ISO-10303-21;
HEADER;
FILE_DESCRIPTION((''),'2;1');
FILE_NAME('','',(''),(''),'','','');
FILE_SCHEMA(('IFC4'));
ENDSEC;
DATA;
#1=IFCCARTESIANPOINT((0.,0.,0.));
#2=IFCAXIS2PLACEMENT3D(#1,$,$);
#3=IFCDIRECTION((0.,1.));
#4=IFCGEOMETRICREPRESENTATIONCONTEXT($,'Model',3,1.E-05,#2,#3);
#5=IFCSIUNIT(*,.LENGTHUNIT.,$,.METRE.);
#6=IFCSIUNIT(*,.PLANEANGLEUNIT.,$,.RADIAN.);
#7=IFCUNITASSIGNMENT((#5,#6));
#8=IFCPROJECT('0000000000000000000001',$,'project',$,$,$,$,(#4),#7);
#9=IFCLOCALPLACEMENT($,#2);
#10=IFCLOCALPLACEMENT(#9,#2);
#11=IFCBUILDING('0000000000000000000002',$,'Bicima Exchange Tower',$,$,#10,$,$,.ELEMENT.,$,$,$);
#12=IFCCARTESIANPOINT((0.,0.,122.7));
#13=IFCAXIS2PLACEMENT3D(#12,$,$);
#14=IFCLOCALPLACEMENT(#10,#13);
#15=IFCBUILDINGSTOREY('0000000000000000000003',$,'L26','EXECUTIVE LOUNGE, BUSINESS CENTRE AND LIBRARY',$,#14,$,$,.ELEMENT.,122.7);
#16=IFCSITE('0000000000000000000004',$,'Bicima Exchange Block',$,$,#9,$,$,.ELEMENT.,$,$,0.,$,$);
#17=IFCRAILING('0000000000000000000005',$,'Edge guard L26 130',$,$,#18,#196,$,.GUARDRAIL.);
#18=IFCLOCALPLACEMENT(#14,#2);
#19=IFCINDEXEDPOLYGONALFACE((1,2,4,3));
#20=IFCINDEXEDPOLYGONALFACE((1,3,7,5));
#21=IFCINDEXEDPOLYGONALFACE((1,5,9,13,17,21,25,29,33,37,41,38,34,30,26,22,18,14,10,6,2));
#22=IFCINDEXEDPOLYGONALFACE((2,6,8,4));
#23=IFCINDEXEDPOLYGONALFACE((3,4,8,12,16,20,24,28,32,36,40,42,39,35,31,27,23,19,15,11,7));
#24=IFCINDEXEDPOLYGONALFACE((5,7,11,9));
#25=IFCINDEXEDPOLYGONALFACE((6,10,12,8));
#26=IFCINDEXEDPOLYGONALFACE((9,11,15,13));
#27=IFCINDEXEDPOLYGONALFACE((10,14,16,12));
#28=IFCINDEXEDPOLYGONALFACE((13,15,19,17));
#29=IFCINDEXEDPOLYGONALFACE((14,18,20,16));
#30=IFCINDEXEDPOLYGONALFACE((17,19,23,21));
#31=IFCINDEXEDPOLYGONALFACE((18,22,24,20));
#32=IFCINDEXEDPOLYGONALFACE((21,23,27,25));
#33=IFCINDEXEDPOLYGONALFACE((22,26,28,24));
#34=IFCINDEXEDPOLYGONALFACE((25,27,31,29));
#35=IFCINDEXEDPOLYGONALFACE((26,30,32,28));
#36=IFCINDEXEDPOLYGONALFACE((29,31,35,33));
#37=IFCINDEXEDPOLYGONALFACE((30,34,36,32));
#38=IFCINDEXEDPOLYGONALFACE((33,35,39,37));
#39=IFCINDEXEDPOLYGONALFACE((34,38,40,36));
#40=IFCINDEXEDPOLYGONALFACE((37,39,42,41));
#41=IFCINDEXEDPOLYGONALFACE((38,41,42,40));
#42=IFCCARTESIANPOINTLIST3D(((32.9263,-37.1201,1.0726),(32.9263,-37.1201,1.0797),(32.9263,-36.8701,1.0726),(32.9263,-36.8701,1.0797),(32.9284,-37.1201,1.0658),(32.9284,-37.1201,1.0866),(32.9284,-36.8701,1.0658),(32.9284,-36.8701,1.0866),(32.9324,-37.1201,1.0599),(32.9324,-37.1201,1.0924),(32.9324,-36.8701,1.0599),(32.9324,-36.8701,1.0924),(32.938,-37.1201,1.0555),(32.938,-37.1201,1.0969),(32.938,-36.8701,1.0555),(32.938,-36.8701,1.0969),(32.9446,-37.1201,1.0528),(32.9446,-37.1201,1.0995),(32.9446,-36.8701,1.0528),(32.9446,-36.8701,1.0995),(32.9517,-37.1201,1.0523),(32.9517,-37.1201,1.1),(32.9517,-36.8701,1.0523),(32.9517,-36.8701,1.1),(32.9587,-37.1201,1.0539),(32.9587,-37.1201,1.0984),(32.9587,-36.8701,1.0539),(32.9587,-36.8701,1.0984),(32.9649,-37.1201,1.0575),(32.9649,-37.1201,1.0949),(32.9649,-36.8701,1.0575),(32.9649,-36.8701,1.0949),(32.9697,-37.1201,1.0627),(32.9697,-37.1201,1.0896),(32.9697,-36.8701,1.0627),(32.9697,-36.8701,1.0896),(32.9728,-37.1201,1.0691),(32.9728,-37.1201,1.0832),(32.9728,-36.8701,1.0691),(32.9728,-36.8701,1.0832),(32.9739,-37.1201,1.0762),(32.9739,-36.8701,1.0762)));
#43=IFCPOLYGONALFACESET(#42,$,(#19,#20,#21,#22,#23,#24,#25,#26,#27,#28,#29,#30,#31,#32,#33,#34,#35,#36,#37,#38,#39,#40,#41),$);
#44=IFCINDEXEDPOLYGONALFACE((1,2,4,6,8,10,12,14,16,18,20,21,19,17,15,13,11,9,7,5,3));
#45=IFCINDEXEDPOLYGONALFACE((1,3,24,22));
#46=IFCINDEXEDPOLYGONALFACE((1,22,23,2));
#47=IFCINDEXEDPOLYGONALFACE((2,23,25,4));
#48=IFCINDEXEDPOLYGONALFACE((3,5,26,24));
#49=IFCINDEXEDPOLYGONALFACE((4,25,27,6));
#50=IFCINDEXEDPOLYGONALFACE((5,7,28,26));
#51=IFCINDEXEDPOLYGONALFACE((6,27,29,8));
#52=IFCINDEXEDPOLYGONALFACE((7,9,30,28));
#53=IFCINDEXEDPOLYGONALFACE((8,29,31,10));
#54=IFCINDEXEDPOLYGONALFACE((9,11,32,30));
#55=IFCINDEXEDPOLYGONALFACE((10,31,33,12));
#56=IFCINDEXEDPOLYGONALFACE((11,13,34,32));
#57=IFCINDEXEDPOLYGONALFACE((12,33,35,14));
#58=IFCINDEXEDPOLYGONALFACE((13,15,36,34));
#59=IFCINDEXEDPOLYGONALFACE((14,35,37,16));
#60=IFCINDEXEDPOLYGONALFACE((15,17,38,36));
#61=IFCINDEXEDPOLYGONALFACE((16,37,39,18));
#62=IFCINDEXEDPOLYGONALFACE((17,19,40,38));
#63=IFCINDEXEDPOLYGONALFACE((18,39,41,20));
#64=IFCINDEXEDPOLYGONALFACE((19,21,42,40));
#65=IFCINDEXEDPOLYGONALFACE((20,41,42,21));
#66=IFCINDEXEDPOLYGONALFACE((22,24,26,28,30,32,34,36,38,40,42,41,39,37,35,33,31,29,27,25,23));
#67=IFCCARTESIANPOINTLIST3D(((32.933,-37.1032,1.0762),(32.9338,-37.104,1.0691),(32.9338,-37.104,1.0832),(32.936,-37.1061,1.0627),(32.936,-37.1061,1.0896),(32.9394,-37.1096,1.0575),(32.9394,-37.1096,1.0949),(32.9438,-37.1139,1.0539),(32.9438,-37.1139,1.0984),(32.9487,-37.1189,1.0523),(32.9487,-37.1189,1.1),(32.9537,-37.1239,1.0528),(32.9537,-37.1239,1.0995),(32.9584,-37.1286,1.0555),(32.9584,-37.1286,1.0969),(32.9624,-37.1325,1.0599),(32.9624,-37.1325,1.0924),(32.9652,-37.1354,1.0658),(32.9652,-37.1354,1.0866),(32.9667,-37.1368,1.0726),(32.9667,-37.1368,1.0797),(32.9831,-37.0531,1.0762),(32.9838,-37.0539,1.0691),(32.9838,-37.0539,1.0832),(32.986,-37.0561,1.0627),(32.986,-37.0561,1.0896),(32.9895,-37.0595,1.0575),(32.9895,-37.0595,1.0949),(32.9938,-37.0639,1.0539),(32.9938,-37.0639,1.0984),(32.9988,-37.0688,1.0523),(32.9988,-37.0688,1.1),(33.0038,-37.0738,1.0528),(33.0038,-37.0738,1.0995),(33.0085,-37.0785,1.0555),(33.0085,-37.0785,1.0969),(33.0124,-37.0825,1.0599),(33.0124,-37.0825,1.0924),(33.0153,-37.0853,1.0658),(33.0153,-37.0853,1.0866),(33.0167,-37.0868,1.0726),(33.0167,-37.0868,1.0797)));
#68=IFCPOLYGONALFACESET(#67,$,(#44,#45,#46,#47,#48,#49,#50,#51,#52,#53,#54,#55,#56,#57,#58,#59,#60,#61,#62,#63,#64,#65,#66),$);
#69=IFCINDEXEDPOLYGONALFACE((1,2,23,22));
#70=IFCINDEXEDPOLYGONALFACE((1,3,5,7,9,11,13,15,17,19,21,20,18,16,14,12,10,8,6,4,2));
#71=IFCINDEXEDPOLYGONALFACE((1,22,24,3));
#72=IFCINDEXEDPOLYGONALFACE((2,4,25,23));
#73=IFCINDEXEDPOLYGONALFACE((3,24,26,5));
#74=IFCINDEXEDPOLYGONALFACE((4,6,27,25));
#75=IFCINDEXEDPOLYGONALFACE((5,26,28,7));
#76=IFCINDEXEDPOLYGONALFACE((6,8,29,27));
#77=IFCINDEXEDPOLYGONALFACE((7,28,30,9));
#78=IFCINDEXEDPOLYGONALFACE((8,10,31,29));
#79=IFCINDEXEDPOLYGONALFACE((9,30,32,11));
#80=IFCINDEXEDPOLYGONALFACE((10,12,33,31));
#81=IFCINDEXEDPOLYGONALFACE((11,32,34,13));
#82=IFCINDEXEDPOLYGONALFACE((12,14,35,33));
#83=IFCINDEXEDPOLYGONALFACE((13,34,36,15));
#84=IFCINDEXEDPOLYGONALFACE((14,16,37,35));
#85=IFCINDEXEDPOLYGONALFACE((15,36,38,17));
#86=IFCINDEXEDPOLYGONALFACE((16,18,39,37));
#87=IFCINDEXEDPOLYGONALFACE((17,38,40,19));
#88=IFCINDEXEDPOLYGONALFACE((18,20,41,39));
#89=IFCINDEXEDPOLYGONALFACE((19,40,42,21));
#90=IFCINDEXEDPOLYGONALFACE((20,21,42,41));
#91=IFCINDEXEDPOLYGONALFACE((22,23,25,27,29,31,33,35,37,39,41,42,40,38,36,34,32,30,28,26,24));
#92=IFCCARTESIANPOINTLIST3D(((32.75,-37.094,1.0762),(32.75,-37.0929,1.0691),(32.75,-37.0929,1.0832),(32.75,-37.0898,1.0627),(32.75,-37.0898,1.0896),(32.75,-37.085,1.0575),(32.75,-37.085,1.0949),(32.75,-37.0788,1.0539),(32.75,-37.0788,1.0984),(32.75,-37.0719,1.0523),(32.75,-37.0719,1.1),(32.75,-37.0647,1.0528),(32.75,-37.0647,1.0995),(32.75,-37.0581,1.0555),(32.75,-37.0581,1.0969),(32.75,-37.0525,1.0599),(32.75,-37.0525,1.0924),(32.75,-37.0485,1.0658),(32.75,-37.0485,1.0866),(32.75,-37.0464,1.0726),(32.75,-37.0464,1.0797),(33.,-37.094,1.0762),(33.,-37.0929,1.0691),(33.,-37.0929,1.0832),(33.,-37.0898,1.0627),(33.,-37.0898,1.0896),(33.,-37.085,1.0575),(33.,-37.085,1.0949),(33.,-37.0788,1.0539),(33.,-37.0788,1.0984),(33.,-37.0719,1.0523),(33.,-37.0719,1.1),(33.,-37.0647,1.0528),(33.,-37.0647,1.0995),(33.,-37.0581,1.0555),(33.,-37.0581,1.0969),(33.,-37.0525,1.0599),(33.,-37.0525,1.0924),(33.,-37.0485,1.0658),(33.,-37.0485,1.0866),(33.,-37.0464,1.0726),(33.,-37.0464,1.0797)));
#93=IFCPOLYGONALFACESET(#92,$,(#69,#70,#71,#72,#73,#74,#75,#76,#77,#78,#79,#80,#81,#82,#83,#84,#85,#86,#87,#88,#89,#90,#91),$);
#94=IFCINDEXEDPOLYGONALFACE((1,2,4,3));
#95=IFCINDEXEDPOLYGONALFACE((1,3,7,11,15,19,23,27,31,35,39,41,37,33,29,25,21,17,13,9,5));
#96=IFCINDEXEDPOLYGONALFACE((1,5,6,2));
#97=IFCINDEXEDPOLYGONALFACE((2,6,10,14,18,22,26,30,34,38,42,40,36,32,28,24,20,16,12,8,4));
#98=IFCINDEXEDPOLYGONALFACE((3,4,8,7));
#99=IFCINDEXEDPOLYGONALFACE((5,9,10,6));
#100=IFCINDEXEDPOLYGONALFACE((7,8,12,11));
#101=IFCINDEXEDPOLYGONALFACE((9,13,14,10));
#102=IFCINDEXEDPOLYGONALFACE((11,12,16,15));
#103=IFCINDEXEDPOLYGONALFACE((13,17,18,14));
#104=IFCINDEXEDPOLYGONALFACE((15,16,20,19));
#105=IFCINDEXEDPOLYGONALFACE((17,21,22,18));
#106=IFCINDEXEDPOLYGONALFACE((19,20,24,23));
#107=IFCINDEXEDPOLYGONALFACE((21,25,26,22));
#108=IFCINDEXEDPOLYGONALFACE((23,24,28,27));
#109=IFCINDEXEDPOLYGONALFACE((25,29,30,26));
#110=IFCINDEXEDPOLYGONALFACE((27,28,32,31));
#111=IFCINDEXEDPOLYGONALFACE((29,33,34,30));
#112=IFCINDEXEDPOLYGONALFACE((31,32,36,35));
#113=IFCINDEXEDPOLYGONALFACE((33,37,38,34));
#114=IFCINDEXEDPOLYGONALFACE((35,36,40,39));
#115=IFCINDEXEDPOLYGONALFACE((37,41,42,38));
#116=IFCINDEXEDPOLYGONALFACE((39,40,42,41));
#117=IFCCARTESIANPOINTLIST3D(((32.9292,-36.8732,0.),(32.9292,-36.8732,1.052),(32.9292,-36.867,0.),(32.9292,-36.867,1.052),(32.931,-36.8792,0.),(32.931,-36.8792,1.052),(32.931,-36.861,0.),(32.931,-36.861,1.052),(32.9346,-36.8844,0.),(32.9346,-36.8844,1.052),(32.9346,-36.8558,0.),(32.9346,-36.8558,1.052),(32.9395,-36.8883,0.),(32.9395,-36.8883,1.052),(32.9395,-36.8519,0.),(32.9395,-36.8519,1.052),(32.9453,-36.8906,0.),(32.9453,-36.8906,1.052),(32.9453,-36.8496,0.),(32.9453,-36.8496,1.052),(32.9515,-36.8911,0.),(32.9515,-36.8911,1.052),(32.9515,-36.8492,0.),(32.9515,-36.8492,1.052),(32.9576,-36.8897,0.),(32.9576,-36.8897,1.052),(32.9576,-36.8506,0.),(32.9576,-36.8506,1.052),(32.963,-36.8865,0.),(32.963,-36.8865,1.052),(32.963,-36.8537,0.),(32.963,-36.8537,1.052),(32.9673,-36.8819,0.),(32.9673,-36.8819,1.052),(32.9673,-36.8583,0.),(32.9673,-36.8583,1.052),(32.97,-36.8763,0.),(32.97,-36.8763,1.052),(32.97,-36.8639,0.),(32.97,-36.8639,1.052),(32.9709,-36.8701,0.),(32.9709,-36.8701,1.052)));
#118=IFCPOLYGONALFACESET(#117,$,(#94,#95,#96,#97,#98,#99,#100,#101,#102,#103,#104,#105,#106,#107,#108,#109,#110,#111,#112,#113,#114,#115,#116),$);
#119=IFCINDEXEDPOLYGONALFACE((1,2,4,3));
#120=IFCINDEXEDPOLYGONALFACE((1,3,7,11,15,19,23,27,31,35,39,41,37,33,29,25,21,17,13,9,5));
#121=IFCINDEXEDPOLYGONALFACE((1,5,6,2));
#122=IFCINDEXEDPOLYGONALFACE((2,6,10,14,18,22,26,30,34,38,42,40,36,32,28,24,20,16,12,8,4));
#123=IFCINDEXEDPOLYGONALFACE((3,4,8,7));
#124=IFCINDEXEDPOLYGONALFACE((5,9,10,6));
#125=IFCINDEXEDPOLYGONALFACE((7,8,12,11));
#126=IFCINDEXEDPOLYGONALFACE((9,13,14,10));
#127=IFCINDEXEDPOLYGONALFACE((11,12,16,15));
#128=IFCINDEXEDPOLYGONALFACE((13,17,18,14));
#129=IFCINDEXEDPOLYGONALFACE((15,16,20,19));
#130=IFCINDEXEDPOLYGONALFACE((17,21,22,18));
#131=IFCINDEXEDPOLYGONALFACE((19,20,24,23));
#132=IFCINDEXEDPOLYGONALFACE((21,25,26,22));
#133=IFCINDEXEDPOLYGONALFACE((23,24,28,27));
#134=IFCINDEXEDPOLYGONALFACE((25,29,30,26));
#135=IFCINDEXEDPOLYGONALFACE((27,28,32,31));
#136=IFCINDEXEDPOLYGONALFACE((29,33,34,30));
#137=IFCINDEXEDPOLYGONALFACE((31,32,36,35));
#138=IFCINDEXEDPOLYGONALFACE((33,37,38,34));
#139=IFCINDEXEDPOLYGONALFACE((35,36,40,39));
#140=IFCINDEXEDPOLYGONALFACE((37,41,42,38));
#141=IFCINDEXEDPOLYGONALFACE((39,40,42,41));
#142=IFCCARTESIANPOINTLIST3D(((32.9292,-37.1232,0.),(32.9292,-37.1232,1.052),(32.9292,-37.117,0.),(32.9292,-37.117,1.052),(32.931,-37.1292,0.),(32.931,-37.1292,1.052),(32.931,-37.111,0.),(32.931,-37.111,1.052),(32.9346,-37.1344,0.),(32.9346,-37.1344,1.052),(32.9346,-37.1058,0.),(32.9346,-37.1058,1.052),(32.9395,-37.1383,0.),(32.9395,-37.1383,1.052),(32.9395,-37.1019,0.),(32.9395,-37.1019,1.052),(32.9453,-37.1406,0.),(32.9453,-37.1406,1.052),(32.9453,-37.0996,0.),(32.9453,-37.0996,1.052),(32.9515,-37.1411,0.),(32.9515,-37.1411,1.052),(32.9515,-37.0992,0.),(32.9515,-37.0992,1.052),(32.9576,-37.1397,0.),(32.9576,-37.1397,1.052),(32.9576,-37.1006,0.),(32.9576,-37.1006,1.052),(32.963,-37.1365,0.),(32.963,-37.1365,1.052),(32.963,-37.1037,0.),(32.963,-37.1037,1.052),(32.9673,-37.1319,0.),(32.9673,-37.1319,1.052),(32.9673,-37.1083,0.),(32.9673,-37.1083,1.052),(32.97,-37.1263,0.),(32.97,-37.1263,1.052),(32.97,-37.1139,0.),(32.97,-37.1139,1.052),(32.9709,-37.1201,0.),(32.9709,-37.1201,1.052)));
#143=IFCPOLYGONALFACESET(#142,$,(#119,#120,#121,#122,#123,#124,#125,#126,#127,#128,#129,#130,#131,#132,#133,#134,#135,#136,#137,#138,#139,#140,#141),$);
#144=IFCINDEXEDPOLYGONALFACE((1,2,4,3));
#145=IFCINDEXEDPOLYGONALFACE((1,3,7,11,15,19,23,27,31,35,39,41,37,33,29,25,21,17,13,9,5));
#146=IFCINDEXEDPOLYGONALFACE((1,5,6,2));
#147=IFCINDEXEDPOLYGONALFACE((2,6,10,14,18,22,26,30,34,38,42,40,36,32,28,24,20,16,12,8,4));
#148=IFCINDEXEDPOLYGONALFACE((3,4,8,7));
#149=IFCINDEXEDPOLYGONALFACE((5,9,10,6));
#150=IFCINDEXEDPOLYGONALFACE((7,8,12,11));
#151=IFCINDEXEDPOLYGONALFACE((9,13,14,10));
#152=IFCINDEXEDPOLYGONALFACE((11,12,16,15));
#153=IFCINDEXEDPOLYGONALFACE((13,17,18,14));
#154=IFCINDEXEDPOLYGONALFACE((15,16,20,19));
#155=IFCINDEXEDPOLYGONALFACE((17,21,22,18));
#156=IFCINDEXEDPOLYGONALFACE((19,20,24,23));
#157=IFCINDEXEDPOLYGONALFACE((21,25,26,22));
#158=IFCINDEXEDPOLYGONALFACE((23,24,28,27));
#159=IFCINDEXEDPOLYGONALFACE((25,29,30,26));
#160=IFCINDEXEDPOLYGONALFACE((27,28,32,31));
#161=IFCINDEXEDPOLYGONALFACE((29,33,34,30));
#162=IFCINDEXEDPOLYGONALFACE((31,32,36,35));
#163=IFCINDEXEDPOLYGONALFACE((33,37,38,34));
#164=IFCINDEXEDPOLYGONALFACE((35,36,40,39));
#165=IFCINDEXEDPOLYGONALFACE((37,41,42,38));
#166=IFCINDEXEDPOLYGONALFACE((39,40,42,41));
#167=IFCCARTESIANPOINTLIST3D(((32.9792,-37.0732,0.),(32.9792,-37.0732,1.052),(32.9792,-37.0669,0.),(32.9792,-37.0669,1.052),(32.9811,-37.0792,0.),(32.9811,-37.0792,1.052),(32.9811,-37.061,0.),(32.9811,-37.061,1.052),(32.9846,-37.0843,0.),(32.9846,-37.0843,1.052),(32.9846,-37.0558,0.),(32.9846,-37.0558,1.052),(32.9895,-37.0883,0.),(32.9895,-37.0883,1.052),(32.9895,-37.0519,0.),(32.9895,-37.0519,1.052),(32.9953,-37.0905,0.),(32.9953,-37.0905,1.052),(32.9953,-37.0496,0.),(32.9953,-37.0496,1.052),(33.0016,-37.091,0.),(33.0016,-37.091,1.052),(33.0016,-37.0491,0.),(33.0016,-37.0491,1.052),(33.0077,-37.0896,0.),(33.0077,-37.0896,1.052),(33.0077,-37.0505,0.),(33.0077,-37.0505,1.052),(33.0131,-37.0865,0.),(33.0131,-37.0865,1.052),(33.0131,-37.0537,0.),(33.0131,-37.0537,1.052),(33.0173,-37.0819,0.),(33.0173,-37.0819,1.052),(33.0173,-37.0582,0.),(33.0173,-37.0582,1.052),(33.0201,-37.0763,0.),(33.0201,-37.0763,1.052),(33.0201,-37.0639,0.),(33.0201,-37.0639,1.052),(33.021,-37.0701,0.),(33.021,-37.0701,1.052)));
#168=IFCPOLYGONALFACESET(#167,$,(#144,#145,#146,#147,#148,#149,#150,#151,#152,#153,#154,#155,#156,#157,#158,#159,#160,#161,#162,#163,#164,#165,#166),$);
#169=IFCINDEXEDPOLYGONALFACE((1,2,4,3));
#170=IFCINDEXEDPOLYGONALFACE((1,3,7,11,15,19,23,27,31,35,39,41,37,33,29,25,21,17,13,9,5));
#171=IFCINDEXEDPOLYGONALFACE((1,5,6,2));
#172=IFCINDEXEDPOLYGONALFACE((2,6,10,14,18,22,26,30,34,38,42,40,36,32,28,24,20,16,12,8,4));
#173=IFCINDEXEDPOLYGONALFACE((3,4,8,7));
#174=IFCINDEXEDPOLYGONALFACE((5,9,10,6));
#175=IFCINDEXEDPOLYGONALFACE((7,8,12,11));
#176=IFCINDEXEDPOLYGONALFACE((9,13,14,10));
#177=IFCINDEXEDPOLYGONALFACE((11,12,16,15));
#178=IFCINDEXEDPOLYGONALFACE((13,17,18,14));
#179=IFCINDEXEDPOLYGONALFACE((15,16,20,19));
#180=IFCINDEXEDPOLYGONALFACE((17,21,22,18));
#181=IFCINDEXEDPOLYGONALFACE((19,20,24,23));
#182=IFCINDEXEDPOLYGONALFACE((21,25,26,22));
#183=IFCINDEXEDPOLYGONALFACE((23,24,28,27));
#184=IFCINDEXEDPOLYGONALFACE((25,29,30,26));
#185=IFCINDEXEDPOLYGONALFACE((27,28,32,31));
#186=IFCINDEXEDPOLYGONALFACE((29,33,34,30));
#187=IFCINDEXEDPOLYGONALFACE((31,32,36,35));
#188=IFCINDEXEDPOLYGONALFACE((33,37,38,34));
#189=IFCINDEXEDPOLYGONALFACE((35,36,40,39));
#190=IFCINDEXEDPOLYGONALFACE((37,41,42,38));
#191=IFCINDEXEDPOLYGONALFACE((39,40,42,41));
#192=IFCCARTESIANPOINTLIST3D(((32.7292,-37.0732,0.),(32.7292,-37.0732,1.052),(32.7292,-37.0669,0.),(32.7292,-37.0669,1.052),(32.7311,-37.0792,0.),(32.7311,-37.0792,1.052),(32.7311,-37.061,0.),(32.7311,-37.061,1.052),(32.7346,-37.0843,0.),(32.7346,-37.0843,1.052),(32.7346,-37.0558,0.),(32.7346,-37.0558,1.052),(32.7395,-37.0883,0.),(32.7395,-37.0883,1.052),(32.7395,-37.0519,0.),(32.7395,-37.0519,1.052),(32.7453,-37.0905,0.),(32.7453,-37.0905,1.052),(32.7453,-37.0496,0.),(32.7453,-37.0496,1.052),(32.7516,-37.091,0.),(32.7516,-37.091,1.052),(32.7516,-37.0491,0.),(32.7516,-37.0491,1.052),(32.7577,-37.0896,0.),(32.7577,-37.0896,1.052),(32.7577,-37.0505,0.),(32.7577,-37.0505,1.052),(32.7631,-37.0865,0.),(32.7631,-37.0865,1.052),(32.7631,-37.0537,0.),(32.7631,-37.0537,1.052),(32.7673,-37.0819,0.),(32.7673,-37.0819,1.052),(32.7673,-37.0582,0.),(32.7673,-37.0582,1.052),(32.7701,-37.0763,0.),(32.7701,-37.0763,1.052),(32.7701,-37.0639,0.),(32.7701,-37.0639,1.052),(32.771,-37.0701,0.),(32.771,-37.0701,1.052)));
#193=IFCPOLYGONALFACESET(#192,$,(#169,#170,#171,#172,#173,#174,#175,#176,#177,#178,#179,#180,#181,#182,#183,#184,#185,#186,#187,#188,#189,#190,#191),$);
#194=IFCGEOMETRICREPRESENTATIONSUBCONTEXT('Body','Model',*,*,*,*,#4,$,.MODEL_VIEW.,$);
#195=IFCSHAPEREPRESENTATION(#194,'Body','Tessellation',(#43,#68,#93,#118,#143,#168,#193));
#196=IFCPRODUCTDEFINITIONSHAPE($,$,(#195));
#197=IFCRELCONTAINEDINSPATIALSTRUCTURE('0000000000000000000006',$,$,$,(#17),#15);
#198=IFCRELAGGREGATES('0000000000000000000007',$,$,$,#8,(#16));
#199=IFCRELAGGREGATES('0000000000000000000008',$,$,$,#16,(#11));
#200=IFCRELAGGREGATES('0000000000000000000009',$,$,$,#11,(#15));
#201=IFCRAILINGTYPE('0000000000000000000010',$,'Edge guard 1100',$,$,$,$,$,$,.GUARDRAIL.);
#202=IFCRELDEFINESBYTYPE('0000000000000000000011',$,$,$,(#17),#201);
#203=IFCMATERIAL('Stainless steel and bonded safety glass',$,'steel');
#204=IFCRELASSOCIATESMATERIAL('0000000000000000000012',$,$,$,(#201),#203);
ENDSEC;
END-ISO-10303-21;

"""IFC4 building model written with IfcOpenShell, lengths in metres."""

from ifc_helpers import new_model, si_unit, direction, frame, origin, origin_2d, place, context, subcontext, project, spatial, circle, extrude, material, type_object, element, save


model = new_model("IFC4")

# Units and contexts
model_context = context("Model", 3, precision=1e-05, world=origin(), true_north=direction((0.0, 1.0)))
body_context = subcontext(model_context, "Body", "Model", "MODEL_VIEW")
ifc_project = project(units=[si_unit("LENGTHUNIT", "METRE"), si_unit("PLANEANGLEUNIT", "RADIAN")], contexts=[model_context])

# Site, building, storey
site_placement = place(None, origin())
site = spatial("IfcSite", under=ifc_project, at=site_placement, Name="Bicima Exchange Block", CompositionType="ELEMENT", RefElevation=0.0)
building_placement = place(site_placement, origin())
building = spatial("IfcBuilding", under=site, at=building_placement, Name="Bicima Exchange Tower", CompositionType="ELEMENT")
storey_placement = place(building_placement, frame((0.0, 0.0, 122.7)))
storey = spatial("IfcBuildingStorey", under=building, at=storey_placement, Name="L26", Description="EXECUTIVE LOUNGE, BUSINESS CENTRE AND LIBRARY", CompositionType="ELEMENT", Elevation=122.7)

# Railing
ifc_material_1 = material(Name="Stainless steel and bonded safety glass", Category="steel")
railing_type = type_object("IfcRailingType", Name="Edge guard 1100", PredefinedType="GUARDRAIL", material=ifc_material_1)
railing_1_placement = place(storey_placement, frame((32.95, -36.8701, 0.0)))
element("IfcRailing", 1, at=railing_1_placement, inside=storey, type_object=railing_type, Name="Edge guard L26 130", PredefinedType="GUARDRAIL", context=body_context, shape_type="SweptSolid", body=[
    extrude(circle(Radius=0.0239, at=origin_2d()), frame((0.0, 0.0, 1.0762), z_axis=(0.0, -1.0, 0.0), x_axis=(1.0, 0.0, 0.0)), (0.0, 0.0, 1.0), 0.25),
    extrude(circle(Radius=0.0239, at=origin_2d()), frame((0.0, -0.25, 1.0762), z_axis=(0.707107, 0.707107, 0.0), x_axis=(-0.707107, 0.707107, 0.0)), (0.0, 0.0, 1.0), 0.0708),
    extrude(circle(Radius=0.0239, at=origin_2d()), frame((0.05, -0.2, 1.0762), z_axis=(-1.0, 0.0, 0.0), x_axis=(0.0, -1.0, 0.0)), (0.0, 0.0, 1.0), 0.25),
    extrude(circle(Radius=0.021, at=origin_2d()), origin(), (0.0, 0.0, 1.0), 1.052),
    extrude(circle(Radius=0.021, at=origin_2d()), frame((0.0, -0.25, 0.0)), (0.0, 0.0, 1.0), 1.052),
    extrude(circle(Radius=0.021, at=origin_2d()), frame((0.05, -0.2, 0.0)), (0.0, 0.0, 1.0), 1.052),
    extrude(circle(Radius=0.021, at=origin_2d()), frame((-0.2, -0.2, 0.0)), (0.0, 0.0, 1.0), 1.052),
])

save(model, "model.ifc")
